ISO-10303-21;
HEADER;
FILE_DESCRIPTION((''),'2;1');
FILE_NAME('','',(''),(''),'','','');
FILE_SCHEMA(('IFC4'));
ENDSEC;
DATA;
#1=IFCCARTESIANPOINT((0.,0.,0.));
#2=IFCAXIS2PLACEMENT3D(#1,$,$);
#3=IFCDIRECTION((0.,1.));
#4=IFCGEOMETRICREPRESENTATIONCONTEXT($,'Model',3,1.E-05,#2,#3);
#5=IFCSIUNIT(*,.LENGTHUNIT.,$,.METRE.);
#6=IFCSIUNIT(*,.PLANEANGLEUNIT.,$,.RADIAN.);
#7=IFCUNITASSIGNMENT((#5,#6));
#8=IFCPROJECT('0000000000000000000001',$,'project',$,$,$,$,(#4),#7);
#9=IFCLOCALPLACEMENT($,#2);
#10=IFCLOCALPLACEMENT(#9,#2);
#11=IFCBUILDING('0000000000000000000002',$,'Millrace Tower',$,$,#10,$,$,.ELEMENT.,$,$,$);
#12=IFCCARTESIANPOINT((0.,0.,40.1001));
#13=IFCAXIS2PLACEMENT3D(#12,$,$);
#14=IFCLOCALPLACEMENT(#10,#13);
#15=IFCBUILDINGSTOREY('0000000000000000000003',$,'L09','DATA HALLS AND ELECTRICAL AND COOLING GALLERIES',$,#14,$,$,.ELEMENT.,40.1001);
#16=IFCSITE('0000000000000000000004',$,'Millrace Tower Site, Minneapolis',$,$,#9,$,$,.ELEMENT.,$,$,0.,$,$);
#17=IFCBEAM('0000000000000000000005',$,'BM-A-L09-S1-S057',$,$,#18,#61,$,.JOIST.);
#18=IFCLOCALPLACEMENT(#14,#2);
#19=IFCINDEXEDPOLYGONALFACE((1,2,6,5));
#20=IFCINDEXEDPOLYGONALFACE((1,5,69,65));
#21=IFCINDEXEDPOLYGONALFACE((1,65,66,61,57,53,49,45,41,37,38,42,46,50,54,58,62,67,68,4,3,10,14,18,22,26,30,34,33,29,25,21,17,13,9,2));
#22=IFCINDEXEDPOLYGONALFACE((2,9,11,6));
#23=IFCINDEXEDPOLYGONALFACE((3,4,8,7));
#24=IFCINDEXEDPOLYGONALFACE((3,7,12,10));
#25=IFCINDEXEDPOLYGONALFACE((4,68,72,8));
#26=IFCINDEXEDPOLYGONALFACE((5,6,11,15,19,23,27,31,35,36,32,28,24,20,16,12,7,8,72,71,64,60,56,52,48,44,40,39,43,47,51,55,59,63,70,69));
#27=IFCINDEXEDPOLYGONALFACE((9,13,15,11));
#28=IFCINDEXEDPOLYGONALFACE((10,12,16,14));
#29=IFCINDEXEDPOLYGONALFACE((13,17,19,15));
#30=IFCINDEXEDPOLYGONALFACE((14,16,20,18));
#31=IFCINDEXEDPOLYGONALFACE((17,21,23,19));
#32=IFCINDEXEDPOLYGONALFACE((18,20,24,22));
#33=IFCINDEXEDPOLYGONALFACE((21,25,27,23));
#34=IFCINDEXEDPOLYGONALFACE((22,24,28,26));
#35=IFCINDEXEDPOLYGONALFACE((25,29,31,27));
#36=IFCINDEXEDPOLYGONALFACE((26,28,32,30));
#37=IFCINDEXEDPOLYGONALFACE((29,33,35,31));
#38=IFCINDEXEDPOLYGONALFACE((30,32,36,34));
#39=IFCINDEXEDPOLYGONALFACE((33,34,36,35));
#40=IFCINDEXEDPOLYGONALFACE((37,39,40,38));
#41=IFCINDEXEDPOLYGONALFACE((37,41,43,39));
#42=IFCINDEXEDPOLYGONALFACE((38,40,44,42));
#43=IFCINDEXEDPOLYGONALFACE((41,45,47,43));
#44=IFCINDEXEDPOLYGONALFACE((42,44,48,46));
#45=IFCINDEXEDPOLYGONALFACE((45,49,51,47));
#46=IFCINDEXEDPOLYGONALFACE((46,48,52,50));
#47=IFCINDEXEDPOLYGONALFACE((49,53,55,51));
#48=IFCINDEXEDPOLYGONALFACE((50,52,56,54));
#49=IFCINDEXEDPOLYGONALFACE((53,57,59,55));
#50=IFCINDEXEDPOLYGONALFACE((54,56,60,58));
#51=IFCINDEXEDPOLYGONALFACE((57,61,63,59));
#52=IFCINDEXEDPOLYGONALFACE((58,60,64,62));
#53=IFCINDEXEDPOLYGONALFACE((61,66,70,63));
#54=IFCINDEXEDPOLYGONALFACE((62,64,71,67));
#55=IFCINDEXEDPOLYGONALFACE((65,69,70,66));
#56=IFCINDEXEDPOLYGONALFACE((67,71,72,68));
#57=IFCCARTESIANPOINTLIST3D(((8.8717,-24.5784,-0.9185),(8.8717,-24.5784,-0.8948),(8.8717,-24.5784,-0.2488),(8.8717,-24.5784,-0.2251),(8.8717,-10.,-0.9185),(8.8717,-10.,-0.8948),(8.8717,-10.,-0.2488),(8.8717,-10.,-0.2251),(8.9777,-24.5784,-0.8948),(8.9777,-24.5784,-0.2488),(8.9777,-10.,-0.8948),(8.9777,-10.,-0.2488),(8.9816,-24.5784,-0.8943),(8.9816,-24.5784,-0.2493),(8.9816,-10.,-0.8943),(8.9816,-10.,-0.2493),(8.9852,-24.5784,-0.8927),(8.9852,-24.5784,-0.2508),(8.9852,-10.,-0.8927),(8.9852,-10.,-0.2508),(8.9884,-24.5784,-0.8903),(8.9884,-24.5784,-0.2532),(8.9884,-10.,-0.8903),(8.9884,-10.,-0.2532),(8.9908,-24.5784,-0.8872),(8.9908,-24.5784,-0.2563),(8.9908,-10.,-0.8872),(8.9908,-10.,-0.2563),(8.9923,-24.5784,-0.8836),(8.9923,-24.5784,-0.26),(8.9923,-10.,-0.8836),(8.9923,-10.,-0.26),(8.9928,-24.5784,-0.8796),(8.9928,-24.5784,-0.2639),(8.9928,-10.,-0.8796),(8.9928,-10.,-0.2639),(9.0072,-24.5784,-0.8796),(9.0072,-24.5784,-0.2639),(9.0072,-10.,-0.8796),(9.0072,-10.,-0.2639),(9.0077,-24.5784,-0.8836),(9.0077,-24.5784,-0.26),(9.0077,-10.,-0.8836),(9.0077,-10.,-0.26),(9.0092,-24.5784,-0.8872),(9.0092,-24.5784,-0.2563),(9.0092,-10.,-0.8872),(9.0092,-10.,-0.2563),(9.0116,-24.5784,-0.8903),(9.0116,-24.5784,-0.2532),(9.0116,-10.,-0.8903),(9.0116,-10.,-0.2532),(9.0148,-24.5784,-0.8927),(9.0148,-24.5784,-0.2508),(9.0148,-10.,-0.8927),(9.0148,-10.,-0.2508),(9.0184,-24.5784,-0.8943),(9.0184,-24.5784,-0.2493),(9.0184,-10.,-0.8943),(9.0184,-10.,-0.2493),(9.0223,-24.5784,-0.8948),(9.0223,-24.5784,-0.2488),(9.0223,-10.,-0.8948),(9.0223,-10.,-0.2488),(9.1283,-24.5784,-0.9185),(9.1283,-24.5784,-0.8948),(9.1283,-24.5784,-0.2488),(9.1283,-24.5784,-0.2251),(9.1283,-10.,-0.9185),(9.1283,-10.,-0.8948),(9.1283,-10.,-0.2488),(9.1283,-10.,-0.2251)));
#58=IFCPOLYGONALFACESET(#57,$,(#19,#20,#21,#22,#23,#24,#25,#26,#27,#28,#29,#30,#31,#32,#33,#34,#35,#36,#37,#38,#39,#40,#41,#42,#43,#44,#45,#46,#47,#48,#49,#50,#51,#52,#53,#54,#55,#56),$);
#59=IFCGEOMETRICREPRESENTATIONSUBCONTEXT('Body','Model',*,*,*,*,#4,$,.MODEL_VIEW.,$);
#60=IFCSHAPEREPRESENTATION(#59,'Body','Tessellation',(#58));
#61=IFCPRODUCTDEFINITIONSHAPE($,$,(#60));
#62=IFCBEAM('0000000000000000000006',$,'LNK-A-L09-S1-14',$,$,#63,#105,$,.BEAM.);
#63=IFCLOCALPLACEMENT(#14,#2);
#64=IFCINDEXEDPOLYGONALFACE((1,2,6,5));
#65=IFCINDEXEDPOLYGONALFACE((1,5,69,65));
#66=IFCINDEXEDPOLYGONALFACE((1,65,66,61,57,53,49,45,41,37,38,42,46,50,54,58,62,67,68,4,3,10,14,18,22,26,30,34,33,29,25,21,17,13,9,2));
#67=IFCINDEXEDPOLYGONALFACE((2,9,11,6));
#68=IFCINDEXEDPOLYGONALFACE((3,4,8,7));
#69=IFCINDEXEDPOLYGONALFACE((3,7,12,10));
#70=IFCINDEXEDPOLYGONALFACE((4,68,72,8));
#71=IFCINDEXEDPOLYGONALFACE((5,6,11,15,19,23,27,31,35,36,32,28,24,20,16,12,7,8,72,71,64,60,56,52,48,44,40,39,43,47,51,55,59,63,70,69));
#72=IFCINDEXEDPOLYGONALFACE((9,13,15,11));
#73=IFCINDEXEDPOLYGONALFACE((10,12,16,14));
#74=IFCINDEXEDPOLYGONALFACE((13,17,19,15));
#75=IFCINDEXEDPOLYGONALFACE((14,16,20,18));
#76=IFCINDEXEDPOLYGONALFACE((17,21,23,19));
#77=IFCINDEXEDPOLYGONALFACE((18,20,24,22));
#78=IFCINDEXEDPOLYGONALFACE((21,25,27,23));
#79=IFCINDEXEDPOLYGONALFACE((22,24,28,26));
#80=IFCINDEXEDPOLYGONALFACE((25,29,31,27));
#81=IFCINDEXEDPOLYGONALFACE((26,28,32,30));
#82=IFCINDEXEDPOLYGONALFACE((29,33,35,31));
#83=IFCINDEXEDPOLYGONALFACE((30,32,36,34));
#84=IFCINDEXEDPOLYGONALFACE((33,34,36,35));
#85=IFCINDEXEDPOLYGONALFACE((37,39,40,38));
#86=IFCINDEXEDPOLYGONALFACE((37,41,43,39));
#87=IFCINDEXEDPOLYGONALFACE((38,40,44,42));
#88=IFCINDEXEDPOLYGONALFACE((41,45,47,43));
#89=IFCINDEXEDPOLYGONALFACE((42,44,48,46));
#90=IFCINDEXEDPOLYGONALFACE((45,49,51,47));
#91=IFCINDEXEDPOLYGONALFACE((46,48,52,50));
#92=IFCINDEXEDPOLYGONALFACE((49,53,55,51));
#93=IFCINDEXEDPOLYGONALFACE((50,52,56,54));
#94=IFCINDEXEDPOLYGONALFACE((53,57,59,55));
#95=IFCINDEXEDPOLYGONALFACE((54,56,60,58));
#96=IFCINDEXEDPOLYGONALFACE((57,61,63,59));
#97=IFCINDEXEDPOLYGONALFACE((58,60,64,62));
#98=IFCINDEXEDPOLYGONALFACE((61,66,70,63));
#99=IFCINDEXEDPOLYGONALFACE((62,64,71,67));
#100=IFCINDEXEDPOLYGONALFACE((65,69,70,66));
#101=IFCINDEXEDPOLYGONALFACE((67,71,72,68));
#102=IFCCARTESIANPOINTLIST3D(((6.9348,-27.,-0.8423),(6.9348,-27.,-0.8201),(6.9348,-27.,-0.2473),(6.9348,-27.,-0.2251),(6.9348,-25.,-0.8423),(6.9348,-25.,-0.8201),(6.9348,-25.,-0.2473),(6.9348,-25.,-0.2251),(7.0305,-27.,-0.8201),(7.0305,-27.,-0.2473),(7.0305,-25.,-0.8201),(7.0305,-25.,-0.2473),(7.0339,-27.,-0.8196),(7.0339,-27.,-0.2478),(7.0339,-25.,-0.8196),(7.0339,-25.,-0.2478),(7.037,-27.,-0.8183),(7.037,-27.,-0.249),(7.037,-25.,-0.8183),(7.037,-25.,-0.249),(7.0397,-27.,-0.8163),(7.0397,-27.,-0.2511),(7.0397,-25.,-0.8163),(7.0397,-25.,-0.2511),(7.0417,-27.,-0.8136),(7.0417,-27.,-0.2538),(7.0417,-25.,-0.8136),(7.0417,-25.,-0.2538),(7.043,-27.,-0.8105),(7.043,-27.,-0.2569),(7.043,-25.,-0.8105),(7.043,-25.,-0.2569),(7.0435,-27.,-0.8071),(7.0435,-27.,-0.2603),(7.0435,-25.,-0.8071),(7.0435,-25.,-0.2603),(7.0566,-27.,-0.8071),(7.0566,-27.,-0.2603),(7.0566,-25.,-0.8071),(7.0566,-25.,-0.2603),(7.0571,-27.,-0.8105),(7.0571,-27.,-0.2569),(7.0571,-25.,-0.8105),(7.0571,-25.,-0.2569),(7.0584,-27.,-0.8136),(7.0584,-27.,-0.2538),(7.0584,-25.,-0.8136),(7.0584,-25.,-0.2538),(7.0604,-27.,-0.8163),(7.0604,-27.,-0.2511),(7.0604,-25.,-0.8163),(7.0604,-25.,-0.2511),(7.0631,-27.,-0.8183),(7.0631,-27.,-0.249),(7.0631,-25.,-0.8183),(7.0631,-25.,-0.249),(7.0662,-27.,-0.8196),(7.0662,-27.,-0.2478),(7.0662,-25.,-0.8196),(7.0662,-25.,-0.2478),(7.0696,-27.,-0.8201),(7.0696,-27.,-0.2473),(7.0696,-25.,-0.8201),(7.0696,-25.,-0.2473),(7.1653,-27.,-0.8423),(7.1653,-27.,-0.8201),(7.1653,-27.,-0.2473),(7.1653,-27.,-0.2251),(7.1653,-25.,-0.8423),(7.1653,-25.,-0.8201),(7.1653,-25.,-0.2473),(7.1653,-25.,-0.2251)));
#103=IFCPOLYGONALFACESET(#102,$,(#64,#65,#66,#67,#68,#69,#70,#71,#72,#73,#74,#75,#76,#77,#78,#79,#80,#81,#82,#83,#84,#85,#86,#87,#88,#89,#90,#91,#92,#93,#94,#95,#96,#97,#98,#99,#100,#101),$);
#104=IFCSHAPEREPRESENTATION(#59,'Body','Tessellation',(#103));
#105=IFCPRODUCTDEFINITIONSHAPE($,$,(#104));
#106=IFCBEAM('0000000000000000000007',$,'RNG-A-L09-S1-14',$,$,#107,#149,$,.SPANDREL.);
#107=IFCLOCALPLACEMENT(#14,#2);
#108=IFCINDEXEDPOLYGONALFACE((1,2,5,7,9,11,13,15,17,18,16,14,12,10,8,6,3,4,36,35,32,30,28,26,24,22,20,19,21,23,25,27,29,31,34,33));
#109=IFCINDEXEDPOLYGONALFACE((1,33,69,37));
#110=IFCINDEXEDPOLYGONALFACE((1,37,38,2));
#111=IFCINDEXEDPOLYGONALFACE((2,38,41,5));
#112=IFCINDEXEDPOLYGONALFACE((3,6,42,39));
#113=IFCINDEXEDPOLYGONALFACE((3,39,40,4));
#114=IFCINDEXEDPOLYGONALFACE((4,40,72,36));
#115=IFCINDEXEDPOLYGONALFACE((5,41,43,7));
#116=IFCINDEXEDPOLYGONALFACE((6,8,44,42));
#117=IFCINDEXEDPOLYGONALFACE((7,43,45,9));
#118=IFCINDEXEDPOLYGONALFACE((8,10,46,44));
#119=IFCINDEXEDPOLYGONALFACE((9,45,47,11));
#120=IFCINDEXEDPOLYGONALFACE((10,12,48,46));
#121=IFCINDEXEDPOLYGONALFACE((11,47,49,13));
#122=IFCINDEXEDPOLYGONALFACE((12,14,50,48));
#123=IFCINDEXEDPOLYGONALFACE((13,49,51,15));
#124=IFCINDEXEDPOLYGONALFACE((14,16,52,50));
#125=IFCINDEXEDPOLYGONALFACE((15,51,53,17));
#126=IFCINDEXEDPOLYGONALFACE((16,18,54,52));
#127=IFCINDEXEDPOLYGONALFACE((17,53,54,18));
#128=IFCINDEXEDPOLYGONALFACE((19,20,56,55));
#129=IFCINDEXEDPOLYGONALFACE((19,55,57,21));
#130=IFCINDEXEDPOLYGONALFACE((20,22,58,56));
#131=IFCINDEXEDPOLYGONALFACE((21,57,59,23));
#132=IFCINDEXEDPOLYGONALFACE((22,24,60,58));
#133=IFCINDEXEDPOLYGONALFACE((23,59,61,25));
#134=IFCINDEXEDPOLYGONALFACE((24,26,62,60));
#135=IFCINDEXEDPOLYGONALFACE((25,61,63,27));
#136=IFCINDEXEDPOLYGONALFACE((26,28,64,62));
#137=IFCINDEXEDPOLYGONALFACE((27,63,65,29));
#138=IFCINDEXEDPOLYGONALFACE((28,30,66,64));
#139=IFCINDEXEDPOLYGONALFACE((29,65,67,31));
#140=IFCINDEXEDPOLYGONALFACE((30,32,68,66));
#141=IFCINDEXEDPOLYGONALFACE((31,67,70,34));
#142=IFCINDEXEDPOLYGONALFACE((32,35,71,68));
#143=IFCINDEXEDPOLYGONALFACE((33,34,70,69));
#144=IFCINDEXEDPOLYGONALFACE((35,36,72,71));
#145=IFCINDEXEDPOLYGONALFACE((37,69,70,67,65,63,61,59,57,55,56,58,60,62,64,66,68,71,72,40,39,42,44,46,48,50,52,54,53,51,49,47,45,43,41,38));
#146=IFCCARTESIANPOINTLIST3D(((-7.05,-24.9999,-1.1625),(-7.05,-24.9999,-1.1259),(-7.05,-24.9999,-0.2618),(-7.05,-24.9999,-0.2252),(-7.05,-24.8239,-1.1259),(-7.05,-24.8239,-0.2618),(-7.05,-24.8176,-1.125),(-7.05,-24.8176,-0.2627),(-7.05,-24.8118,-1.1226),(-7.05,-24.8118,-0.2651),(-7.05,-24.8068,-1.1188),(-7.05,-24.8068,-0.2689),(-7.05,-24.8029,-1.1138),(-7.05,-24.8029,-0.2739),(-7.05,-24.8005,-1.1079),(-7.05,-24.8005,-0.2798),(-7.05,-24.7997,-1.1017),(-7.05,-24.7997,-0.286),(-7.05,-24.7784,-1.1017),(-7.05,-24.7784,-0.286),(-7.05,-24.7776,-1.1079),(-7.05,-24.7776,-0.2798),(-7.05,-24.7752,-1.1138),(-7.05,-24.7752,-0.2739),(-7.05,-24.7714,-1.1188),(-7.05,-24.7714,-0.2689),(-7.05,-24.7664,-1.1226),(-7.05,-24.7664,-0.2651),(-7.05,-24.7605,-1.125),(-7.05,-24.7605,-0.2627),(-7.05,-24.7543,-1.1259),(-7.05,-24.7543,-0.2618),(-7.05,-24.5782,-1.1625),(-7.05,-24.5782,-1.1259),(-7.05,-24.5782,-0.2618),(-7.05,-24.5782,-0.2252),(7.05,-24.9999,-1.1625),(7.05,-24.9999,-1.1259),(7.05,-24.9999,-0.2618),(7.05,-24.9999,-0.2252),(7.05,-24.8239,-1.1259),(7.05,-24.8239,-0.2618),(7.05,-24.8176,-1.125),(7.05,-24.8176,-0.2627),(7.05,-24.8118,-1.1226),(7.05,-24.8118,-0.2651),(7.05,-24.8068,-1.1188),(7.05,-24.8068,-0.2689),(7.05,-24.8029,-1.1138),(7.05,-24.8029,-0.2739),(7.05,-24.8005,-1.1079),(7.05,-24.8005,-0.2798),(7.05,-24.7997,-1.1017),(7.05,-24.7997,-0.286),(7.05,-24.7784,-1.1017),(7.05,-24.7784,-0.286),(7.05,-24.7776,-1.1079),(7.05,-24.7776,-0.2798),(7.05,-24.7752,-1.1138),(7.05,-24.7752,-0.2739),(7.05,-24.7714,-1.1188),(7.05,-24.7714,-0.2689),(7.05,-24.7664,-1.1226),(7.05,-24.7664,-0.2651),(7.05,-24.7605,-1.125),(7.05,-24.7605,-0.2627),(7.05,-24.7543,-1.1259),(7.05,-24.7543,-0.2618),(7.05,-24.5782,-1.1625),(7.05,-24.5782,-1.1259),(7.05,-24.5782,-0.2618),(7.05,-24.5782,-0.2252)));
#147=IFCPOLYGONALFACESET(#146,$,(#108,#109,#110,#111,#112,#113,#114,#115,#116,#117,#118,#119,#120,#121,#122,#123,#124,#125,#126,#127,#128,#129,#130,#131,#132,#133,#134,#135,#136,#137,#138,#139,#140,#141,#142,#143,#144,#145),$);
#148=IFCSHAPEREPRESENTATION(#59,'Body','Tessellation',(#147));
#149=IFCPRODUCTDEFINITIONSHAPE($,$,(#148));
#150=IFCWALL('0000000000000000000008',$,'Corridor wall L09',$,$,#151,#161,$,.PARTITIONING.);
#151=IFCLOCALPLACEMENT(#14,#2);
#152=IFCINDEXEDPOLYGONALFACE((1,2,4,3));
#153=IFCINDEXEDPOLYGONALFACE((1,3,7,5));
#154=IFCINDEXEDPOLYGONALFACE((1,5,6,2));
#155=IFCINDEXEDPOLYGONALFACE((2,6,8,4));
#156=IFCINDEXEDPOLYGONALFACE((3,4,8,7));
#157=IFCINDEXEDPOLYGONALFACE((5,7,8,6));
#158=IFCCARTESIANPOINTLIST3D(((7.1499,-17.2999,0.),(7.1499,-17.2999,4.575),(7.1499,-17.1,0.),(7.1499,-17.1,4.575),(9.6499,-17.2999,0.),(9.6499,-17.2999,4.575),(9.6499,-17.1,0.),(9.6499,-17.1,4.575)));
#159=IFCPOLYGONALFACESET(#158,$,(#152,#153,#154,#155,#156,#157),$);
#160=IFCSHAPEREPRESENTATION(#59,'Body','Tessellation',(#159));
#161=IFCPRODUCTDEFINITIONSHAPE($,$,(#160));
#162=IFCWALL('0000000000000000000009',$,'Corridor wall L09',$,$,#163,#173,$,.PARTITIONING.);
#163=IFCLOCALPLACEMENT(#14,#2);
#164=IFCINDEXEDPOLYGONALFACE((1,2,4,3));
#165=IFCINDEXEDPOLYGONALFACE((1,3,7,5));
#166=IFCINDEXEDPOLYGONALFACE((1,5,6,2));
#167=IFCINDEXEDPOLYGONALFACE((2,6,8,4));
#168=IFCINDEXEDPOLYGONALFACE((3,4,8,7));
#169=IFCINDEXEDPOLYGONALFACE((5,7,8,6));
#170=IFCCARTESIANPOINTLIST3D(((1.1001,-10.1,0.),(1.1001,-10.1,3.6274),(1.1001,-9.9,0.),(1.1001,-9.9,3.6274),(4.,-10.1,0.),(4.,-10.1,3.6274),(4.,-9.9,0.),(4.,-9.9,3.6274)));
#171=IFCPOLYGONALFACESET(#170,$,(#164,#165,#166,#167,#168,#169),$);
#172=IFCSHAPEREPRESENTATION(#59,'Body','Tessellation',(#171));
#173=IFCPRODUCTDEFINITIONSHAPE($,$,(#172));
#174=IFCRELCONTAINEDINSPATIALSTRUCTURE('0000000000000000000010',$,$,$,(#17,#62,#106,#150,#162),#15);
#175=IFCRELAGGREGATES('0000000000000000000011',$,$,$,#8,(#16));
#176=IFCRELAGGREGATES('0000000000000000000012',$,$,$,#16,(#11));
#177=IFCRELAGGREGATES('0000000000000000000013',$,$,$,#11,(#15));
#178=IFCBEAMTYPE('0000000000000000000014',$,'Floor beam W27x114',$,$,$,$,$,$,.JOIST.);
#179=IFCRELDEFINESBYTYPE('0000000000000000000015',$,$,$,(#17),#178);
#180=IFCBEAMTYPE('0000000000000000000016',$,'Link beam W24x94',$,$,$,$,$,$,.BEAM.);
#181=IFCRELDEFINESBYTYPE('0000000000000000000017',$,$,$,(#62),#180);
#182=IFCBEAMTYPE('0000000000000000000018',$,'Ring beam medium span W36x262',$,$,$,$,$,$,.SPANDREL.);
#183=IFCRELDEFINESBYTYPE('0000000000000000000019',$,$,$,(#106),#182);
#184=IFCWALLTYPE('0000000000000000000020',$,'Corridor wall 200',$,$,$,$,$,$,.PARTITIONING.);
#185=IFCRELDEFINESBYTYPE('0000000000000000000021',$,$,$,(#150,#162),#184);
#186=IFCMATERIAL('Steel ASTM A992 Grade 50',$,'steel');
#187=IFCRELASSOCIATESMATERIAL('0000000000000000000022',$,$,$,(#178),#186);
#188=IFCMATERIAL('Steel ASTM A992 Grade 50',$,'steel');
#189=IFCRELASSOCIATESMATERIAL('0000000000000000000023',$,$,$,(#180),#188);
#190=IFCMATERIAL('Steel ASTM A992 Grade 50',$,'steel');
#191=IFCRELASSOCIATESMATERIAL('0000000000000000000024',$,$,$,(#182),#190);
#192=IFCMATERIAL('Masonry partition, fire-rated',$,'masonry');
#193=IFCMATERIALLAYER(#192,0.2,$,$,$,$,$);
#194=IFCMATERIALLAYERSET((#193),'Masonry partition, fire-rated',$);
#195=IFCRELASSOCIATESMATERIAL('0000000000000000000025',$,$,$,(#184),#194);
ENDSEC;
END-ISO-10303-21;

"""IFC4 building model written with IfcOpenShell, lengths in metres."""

from ifc_helpers import new_model, si_unit, direction, frame, frame_2d, origin, origin_2d, place, context, subcontext, project, spatial, rectangle, i_section, extrude, material, layer, layer_set, material_profile, profile_set, type_object, element, save


model = new_model("IFC4")

# Units and contexts
model_context = context("Model", 3, precision=1e-05, world=origin(), true_north=direction((0.0, 1.0)))
body_context = subcontext(model_context, "Body", "Model", "MODEL_VIEW")
ifc_project = project(units=[si_unit("LENGTHUNIT", "METRE"), si_unit("PLANEANGLEUNIT", "RADIAN")], contexts=[model_context])

# Site, building, storey
site_placement = place(None, origin())
site = spatial("IfcSite", under=ifc_project, at=site_placement, Name="Millrace Tower Site, Minneapolis", CompositionType="ELEMENT", RefElevation=0.0)
building_placement = place(site_placement, origin())
building = spatial("IfcBuilding", under=site, at=building_placement, Name="Millrace Tower", CompositionType="ELEMENT")
storey_placement = place(building_placement, frame((0.0, 0.0, 40.1001)))
storey = spatial("IfcBuildingStorey", under=building, at=storey_placement, Name="L09", Description="DATA HALLS AND ELECTRICAL AND COOLING GALLERIES", CompositionType="ELEMENT", Elevation=40.1001)

# Beams
ifc_material_1 = material(Name="Steel ASTM A992 Grade 50", Category="steel")
ifc_material_profile_1 = material_profile(ifc_material_1, i_section(OverallWidth=0.2566, OverallDepth=0.6934, WebThickness=0.0144, FlangeThickness=0.0237, FilletRadius=0.0151, at=origin_2d()))
ifc_profile_set_1 = profile_set([ifc_material_profile_1], Name="Steel ASTM A992 Grade 50")
beam_type_1 = type_object("IfcBeamType", Name="Floor beam W27x114", PredefinedType="JOIST", material=ifc_profile_set_1)
for number, where, z_axis, x_axis, name in (
    (1, (9.0, -24.5784, -0.5718), (0.0, 1.0, 0.0), (-1.0, 0.0, 0.0), "BM-A-L09-S1-S057"),
):
    element("IfcBeam", number, at=place(storey_placement, frame(where, z_axis=z_axis, x_axis=x_axis)), inside=storey, type_object=beam_type_1, Name=name, PredefinedType="JOIST", context=body_context, shape_type="SweptSolid", body=[
        extrude(i_section(OverallWidth=0.2566, OverallDepth=0.6934, WebThickness=0.0144, FlangeThickness=0.0237, FilletRadius=0.0151, at=origin_2d()), origin(), (0.0, 0.0, 1.0), 14.5784),
    ])
ifc_material_2 = material(Name="Steel ASTM A992 Grade 50", Category="steel")
ifc_material_profile_2 = material_profile(ifc_material_2, i_section(OverallWidth=0.2305, OverallDepth=0.6172, WebThickness=0.0132, FlangeThickness=0.0222, FilletRadius=0.0129, at=origin_2d()))
ifc_profile_set_2 = profile_set([ifc_material_profile_2], Name="Steel ASTM A992 Grade 50")
beam_type_2 = type_object("IfcBeamType", Name="Link beam W24x94", PredefinedType="BEAM", material=ifc_profile_set_2)
beam_1_placement = place(storey_placement, frame((7.05, -25.0, -0.5337), z_axis=(0.0, -1.0, 0.0), x_axis=(1.0, 0.0, 0.0)))
element("IfcBeam", 2, at=beam_1_placement, inside=storey, type_object=beam_type_2, Name="LNK-A-L09-S1-14", PredefinedType="BEAM", context=body_context, shape_type="SweptSolid", body=[
    extrude(i_section(OverallWidth=0.2305, OverallDepth=0.6172, WebThickness=0.0132, FlangeThickness=0.0222, FilletRadius=0.0129, at=origin_2d()), origin(), (0.0, 0.0, 1.0), 2.0),
])
ifc_material_3 = material(Name="Steel ASTM A992 Grade 50", Category="steel")
ifc_material_profile_3 = material_profile(ifc_material_3, i_section(OverallWidth=0.4216, OverallDepth=0.9373, WebThickness=0.0212, FlangeThickness=0.0366, FilletRadius=0.0242, at=origin_2d()))
ifc_profile_set_3 = profile_set([ifc_material_profile_3], Name="Steel ASTM A992 Grade 50")
beam_type_3 = type_object("IfcBeamType", Name="Ring beam medium span W36x262", PredefinedType="SPANDREL", material=ifc_profile_set_3)
beam_2_placement = place(storey_placement, frame((7.05, -24.7891, -0.6938), z_axis=(-1.0, 0.0, 0.0), x_axis=(0.0, -1.0, 0.0)))
element("IfcBeam", 3, at=beam_2_placement, inside=storey, type_object=beam_type_3, Name="RNG-A-L09-S1-14", PredefinedType="SPANDREL", context=body_context, shape_type="SweptSolid", body=[
    extrude(i_section(OverallWidth=0.4216, OverallDepth=0.9373, WebThickness=0.0212, FlangeThickness=0.0366, FilletRadius=0.0242, at=origin_2d()), origin(), (0.0, 0.0, 1.0), 14.1001),
])

# Walls
ifc_material_4 = material(Name="Masonry partition, fire-rated", Category="masonry")
ifc_layer_1 = layer(ifc_material_4, 0.2)
ifc_layer_set_1 = layer_set([ifc_layer_1], Name="Masonry partition, fire-rated")
wall_type = type_object("IfcWallType", Name="Corridor wall 200", PredefinedType="PARTITIONING", material=ifc_layer_set_1)
wall_1_placement = place(storey_placement, frame((7.1499, -17.2, 0.0), z_axis=(0.0, 0.0, 1.0), x_axis=(1.0, 0.0, 0.0)))
element("IfcWall", 4, at=wall_1_placement, inside=storey, type_object=wall_type, Name="Corridor wall L09", PredefinedType="PARTITIONING", context=body_context, shape_type="SweptSolid", body=[
    extrude(rectangle(XDim=2.5, YDim=0.2, at=frame_2d((1.25, 0.0))), origin(), (0.0, 0.0, 1.0), 4.575),
])
wall_2_placement = place(storey_placement, frame((1.1001, -10.0, 0.0), z_axis=(0.0, 0.0, 1.0), x_axis=(1.0, 0.0, 0.0)))
element("IfcWall", 5, at=wall_2_placement, inside=storey, type_object=wall_type, Name="Corridor wall L09", PredefinedType="PARTITIONING", context=body_context, shape_type="SweptSolid", body=[
    extrude(rectangle(XDim=2.8999, YDim=0.2, at=frame_2d((1.45, 0.0))), origin(), (0.0, 0.0, 1.0), 3.6274),
])

save(model, "model.ifc")
